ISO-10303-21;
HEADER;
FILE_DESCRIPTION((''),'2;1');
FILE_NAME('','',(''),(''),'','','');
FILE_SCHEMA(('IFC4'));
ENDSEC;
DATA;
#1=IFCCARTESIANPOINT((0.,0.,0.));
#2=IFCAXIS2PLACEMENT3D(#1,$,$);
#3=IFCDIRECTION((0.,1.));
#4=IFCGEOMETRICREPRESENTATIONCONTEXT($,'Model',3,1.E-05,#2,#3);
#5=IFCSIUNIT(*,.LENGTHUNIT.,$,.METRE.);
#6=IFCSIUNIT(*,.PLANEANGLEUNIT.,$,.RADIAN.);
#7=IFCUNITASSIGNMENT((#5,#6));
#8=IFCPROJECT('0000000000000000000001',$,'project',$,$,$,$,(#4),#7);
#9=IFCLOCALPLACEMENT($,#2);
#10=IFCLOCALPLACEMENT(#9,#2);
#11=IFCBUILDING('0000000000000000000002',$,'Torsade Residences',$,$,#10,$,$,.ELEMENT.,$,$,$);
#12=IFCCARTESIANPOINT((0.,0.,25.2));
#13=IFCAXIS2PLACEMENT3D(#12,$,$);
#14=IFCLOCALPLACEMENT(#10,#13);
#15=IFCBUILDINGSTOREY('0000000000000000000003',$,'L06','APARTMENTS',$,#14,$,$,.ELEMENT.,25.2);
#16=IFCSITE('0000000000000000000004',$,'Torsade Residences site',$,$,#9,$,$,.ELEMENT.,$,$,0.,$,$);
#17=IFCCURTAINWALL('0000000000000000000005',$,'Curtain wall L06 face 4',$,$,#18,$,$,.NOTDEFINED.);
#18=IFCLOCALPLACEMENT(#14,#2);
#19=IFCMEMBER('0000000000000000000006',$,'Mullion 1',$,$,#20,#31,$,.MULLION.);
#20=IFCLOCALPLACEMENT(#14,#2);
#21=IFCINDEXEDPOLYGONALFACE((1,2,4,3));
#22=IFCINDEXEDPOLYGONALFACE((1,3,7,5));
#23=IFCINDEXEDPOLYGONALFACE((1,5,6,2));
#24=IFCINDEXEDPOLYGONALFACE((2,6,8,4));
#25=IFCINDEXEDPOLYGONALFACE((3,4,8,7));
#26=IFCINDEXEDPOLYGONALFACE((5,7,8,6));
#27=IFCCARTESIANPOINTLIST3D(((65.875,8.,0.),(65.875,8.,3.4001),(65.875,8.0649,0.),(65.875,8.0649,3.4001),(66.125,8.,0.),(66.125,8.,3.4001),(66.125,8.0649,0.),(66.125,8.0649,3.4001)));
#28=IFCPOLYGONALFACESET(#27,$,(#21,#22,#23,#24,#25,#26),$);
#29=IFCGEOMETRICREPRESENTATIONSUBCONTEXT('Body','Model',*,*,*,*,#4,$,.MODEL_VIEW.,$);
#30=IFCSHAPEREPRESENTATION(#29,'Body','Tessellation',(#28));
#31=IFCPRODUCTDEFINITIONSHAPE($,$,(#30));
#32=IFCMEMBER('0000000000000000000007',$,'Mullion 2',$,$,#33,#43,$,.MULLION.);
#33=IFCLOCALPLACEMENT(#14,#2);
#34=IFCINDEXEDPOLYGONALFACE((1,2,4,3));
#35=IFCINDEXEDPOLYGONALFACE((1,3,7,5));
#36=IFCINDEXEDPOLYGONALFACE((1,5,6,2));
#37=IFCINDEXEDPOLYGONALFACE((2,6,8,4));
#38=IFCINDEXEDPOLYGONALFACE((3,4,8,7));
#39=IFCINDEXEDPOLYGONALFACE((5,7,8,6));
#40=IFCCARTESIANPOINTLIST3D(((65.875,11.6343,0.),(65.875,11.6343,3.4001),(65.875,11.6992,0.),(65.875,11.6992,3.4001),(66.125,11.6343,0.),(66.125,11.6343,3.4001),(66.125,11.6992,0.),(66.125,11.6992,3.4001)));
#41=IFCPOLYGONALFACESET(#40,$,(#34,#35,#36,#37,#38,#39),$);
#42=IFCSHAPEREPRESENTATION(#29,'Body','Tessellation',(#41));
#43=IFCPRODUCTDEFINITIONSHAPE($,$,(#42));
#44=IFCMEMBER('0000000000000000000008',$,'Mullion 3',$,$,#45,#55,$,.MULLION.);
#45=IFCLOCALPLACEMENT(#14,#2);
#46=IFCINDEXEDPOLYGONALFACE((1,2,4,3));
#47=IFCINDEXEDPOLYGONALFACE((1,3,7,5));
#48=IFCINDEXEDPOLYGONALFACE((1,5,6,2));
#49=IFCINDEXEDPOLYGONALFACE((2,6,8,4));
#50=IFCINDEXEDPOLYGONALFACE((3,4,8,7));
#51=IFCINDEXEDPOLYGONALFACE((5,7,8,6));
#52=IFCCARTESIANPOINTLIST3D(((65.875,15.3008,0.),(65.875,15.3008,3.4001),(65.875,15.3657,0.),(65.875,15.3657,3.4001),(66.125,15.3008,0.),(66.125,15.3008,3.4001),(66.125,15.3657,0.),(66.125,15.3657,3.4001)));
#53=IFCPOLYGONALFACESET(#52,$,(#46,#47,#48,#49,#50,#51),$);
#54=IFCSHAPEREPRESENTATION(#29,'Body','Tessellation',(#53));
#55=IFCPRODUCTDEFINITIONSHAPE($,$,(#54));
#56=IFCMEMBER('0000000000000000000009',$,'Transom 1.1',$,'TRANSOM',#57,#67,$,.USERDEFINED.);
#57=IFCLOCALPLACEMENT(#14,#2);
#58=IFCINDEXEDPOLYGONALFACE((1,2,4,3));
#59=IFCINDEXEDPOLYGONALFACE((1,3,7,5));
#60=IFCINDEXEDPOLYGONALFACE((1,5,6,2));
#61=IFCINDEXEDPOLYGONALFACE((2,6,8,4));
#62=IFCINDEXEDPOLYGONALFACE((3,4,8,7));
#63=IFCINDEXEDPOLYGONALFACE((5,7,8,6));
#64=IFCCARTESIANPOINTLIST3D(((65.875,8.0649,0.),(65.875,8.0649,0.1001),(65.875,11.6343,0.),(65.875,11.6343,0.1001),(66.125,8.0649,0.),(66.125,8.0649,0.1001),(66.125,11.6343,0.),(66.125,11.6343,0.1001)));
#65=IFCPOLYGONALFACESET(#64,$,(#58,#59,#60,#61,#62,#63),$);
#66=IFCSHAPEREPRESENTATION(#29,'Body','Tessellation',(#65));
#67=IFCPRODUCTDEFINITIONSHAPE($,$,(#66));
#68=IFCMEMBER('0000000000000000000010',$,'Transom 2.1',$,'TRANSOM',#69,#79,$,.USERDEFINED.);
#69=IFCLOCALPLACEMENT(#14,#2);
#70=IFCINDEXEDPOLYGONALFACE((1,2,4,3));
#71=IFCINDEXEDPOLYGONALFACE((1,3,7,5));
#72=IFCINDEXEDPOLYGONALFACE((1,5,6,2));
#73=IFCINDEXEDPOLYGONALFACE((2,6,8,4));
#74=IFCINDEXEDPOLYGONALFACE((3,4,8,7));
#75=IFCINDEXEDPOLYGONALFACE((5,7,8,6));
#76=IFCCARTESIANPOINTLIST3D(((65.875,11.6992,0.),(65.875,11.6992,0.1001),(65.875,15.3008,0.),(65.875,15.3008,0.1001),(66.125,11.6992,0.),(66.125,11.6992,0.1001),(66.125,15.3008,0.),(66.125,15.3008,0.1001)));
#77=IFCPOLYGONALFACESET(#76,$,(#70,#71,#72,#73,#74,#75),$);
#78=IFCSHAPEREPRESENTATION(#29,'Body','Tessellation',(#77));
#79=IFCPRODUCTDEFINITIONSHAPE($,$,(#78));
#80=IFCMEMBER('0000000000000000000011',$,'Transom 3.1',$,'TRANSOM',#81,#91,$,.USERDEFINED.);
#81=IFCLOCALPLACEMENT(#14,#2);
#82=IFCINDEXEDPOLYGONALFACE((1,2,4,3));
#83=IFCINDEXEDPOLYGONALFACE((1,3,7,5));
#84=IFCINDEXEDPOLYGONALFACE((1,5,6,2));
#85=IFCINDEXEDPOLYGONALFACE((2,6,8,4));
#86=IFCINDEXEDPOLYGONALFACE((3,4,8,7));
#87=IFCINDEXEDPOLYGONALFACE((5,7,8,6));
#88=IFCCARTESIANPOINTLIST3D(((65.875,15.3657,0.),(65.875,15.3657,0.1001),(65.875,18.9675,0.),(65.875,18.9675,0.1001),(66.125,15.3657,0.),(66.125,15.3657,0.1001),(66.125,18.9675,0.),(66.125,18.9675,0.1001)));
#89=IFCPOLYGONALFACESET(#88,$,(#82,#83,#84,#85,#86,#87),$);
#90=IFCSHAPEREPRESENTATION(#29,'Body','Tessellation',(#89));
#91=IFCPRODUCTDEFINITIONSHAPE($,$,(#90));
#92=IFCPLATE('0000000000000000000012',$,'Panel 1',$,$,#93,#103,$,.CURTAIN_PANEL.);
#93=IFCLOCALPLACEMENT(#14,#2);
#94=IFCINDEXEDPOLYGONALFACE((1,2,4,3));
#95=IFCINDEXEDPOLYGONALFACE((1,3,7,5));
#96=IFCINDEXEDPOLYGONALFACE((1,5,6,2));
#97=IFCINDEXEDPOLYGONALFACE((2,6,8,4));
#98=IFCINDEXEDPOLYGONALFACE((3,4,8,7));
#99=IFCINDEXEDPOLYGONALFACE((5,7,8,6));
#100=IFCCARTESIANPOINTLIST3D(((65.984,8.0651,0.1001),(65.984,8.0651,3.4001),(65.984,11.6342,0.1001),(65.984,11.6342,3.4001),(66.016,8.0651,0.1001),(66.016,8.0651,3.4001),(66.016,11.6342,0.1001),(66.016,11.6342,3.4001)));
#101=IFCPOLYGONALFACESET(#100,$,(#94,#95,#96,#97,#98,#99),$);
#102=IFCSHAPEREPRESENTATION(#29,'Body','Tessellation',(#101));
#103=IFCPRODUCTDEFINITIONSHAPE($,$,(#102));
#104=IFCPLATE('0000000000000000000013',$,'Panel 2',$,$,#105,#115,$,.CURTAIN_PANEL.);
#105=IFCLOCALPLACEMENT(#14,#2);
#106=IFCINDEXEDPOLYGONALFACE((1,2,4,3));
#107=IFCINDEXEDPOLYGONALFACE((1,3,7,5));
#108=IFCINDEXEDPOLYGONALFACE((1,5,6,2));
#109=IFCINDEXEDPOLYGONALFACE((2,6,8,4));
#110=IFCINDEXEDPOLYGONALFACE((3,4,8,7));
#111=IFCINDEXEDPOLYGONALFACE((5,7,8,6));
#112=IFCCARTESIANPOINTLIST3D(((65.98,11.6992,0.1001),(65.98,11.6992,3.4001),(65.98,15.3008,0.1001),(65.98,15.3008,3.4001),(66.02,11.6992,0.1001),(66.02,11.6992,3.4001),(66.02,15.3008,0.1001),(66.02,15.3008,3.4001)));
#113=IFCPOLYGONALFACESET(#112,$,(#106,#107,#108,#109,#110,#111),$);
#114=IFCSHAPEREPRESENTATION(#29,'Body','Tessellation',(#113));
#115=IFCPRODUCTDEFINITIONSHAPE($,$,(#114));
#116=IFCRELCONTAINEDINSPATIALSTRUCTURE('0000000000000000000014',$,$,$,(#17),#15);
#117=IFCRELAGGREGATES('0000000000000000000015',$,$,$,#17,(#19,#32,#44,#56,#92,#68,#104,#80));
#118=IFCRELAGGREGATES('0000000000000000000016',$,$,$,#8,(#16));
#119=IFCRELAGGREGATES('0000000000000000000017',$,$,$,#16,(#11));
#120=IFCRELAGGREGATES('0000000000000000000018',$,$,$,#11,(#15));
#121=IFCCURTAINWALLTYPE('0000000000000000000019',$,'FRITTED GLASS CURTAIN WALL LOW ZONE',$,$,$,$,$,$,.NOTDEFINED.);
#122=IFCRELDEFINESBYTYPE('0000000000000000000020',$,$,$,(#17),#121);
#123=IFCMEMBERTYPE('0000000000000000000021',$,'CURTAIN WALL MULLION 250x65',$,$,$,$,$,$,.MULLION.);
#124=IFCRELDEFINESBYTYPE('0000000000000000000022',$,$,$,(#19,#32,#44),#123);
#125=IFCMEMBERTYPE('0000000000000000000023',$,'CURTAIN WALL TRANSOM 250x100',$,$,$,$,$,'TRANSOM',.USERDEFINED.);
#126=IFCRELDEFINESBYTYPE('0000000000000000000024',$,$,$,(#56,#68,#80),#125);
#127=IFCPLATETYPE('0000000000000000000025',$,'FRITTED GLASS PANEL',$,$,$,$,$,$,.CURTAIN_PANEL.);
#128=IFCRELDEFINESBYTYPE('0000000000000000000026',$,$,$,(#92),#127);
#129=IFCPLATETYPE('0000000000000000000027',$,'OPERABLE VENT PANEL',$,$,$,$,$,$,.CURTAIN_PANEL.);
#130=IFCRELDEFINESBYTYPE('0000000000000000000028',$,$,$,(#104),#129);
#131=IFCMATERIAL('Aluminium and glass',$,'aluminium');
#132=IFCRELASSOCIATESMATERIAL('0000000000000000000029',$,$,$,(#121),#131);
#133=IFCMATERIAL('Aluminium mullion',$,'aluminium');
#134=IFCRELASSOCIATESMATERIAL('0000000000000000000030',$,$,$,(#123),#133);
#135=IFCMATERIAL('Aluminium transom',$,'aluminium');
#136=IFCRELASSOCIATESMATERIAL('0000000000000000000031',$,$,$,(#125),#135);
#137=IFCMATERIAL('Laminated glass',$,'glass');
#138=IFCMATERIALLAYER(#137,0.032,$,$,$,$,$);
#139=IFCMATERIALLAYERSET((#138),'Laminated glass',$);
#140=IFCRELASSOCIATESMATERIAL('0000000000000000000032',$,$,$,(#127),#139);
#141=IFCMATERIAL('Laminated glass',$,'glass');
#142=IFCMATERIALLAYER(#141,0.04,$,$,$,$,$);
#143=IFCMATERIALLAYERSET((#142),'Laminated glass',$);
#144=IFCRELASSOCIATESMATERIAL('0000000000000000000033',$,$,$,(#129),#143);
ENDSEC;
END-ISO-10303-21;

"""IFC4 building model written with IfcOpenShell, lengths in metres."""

from ifc_helpers import new_model, si_unit, direction, frame, origin, origin_2d, place, context, subcontext, project, spatial, rectangle, extrude, material, layer, layer_set, material_profile, profile_set, type_object, element, aggregate, save


model = new_model("IFC4")

# Units and contexts
model_context = context("Model", 3, precision=1e-05, world=origin(), true_north=direction((0.0, 1.0)))
body_context = subcontext(model_context, "Body", "Model", "MODEL_VIEW")
ifc_project = project(units=[si_unit("LENGTHUNIT", "METRE"), si_unit("PLANEANGLEUNIT", "RADIAN")], contexts=[model_context])

# Site, building, storey
site_placement = place(None, origin())
site = spatial("IfcSite", under=ifc_project, at=site_placement, Name="Torsade Residences site", CompositionType="ELEMENT", RefElevation=0.0)
building_placement = place(site_placement, origin())
building = spatial("IfcBuilding", under=site, at=building_placement, Name="Torsade Residences", CompositionType="ELEMENT")
storey_placement = place(building_placement, frame((0.0, 0.0, 25.2)))
storey = spatial("IfcBuildingStorey", under=building, at=storey_placement, Name="L06", Description="APARTMENTS", CompositionType="ELEMENT", Elevation=25.2)

# Curtain wall, members, plates
ifc_material_1 = material(Name="Aluminium and glass", Category="aluminium")
curtain_wall_type = type_object("IfcCurtainWallType", Name="FRITTED GLASS CURTAIN WALL LOW ZONE", PredefinedType="NOTDEFINED", material=ifc_material_1)
curtain_wall_placement = place(storey_placement, origin())
curtain_wall = element("IfcCurtainWall", 1, at=curtain_wall_placement, inside=storey, type_object=curtain_wall_type, Name="Curtain wall L06 face 4", PredefinedType="NOTDEFINED")
ifc_material_2 = material(Name="Aluminium mullion", Category="aluminium")
ifc_material_profile_1 = material_profile(ifc_material_2, rectangle(XDim=0.25, YDim=0.0649, at=origin_2d()), Name="CURTAIN WALL MULLION 250x65")
ifc_profile_set_1 = profile_set([ifc_material_profile_1], Name="Aluminium mullion")
member_type_1 = type_object("IfcMemberType", Name="CURTAIN WALL MULLION 250x65", PredefinedType="MULLION", material=ifc_profile_set_1)
member_1_placement = place(storey_placement, frame((66.0, 8.0325, 0.0), z_axis=(0.0, 0.0, 1.0), x_axis=(-1.0, 0.0, 0.0)))
member_1 = element("IfcMember", 2, at=member_1_placement, type_object=member_type_1, Name="Mullion 1", PredefinedType="MULLION", context=body_context, shape_type="SweptSolid", body=[
    extrude(rectangle(XDim=0.25, YDim=0.0649, at=origin_2d()), origin(), (0.0, 0.0, 1.0), 3.4001),
])
member_2_placement = place(storey_placement, frame((66.0, 11.6667, 0.0), z_axis=(0.0, 0.0, 1.0), x_axis=(-1.0, 0.0, 0.0)))
member_2 = element("IfcMember", 3, at=member_2_placement, type_object=member_type_1, Name="Mullion 2", PredefinedType="MULLION", context=body_context, shape_type="SweptSolid", body=[
    extrude(rectangle(XDim=0.25, YDim=0.0649, at=origin_2d()), origin(), (0.0, 0.0, 1.0), 3.4001),
])
member_3_placement = place(storey_placement, frame((66.0, 15.3333, 0.0), z_axis=(0.0, 0.0, 1.0), x_axis=(-1.0, 0.0, 0.0)))
member_3 = element("IfcMember", 4, at=member_3_placement, type_object=member_type_1, Name="Mullion 3", PredefinedType="MULLION", context=body_context, shape_type="SweptSolid", body=[
    extrude(rectangle(XDim=0.25, YDim=0.0649, at=origin_2d()), origin(), (0.0, 0.0, 1.0), 3.4001),
])
ifc_material_3 = material(Name="Aluminium transom", Category="aluminium")
ifc_material_profile_2 = material_profile(ifc_material_3, rectangle(XDim=0.25, YDim=0.1001, at=origin_2d()), Name="CURTAIN WALL TRANSOM 250x100")
ifc_profile_set_2 = profile_set([ifc_material_profile_2], Name="Aluminium transom")
member_type_2 = type_object("IfcMemberType", Name="CURTAIN WALL TRANSOM 250x100", ElementType="TRANSOM", PredefinedType="USERDEFINED", material=ifc_profile_set_2)
member_4_placement = place(storey_placement, frame((66.0, 8.0649, 0.05), z_axis=(0.0, 1.0, 0.0), x_axis=(-1.0, 0.0, 0.0)))
member_4 = element("IfcMember", 5, at=member_4_placement, type_object=member_type_2, Name="Transom 1.1", ObjectType="TRANSOM", PredefinedType="USERDEFINED", context=body_context, shape_type="SweptSolid", body=[
    extrude(rectangle(XDim=0.25, YDim=0.1001, at=origin_2d()), origin(), (0.0, 0.0, 1.0), 3.5693),
])
member_5_placement = place(storey_placement, frame((66.0, 11.6992, 0.05), z_axis=(0.0, 1.0, 0.0), x_axis=(-1.0, 0.0, 0.0)))
member_5 = element("IfcMember", 6, at=member_5_placement, type_object=member_type_2, Name="Transom 2.1", ObjectType="TRANSOM", PredefinedType="USERDEFINED", context=body_context, shape_type="SweptSolid", body=[
    extrude(rectangle(XDim=0.25, YDim=0.1001, at=origin_2d()), origin(), (0.0, 0.0, 1.0), 3.6016),
])
member_6_placement = place(storey_placement, frame((66.0, 15.3657, 0.05), z_axis=(0.0, 1.0, 0.0), x_axis=(-1.0, 0.0, 0.0)))
member_6 = element("IfcMember", 7, at=member_6_placement, type_object=member_type_2, Name="Transom 3.1", ObjectType="TRANSOM", PredefinedType="USERDEFINED", context=body_context, shape_type="SweptSolid", body=[
    extrude(rectangle(XDim=0.25, YDim=0.1001, at=origin_2d()), origin(), (0.0, 0.0, 1.0), 3.6018),
])
ifc_material_4 = material(Name="Laminated glass", Category="glass")
ifc_layer_1 = layer(ifc_material_4, 0.032)
ifc_layer_set_1 = layer_set([ifc_layer_1], Name="Laminated glass")
plate_type_1 = type_object("IfcPlateType", Name="FRITTED GLASS PANEL", PredefinedType="CURTAIN_PANEL", material=ifc_layer_set_1)
plate_1_placement = place(storey_placement, frame((66.0, 9.8496, 0.1001), z_axis=(0.0, 0.0, 1.0), x_axis=(0.0, 1.0, 0.0)))
plate_1 = element("IfcPlate", 8, at=plate_1_placement, type_object=plate_type_1, Name="Panel 1", PredefinedType="CURTAIN_PANEL", context=body_context, shape_type="SweptSolid", body=[
    extrude(rectangle(XDim=3.5691, YDim=0.032, at=origin_2d()), origin(), (0.0, 0.0, 1.0), 3.3),
])
ifc_material_5 = material(Name="Laminated glass", Category="glass")
ifc_layer_2 = layer(ifc_material_5, 0.04)
ifc_layer_set_2 = layer_set([ifc_layer_2], Name="Laminated glass")
plate_type_2 = type_object("IfcPlateType", Name="OPERABLE VENT PANEL", PredefinedType="CURTAIN_PANEL", material=ifc_layer_set_2)
plate_2_placement = place(storey_placement, frame((66.0, 13.5, 0.1001), z_axis=(0.0, 0.0, 1.0), x_axis=(0.0, 1.0, 0.0)))
plate_2 = element("IfcPlate", 9, at=plate_2_placement, type_object=plate_type_2, Name="Panel 2", PredefinedType="CURTAIN_PANEL", context=body_context, shape_type="SweptSolid", body=[
    extrude(rectangle(XDim=3.6016, YDim=0.04, at=origin_2d()), origin(), (0.0, 0.0, 1.0), 3.3),
])
aggregate(curtain_wall, [member_1, member_2, member_3, member_4, plate_1, member_5, plate_2, member_6])

save(model, "model.ifc")
